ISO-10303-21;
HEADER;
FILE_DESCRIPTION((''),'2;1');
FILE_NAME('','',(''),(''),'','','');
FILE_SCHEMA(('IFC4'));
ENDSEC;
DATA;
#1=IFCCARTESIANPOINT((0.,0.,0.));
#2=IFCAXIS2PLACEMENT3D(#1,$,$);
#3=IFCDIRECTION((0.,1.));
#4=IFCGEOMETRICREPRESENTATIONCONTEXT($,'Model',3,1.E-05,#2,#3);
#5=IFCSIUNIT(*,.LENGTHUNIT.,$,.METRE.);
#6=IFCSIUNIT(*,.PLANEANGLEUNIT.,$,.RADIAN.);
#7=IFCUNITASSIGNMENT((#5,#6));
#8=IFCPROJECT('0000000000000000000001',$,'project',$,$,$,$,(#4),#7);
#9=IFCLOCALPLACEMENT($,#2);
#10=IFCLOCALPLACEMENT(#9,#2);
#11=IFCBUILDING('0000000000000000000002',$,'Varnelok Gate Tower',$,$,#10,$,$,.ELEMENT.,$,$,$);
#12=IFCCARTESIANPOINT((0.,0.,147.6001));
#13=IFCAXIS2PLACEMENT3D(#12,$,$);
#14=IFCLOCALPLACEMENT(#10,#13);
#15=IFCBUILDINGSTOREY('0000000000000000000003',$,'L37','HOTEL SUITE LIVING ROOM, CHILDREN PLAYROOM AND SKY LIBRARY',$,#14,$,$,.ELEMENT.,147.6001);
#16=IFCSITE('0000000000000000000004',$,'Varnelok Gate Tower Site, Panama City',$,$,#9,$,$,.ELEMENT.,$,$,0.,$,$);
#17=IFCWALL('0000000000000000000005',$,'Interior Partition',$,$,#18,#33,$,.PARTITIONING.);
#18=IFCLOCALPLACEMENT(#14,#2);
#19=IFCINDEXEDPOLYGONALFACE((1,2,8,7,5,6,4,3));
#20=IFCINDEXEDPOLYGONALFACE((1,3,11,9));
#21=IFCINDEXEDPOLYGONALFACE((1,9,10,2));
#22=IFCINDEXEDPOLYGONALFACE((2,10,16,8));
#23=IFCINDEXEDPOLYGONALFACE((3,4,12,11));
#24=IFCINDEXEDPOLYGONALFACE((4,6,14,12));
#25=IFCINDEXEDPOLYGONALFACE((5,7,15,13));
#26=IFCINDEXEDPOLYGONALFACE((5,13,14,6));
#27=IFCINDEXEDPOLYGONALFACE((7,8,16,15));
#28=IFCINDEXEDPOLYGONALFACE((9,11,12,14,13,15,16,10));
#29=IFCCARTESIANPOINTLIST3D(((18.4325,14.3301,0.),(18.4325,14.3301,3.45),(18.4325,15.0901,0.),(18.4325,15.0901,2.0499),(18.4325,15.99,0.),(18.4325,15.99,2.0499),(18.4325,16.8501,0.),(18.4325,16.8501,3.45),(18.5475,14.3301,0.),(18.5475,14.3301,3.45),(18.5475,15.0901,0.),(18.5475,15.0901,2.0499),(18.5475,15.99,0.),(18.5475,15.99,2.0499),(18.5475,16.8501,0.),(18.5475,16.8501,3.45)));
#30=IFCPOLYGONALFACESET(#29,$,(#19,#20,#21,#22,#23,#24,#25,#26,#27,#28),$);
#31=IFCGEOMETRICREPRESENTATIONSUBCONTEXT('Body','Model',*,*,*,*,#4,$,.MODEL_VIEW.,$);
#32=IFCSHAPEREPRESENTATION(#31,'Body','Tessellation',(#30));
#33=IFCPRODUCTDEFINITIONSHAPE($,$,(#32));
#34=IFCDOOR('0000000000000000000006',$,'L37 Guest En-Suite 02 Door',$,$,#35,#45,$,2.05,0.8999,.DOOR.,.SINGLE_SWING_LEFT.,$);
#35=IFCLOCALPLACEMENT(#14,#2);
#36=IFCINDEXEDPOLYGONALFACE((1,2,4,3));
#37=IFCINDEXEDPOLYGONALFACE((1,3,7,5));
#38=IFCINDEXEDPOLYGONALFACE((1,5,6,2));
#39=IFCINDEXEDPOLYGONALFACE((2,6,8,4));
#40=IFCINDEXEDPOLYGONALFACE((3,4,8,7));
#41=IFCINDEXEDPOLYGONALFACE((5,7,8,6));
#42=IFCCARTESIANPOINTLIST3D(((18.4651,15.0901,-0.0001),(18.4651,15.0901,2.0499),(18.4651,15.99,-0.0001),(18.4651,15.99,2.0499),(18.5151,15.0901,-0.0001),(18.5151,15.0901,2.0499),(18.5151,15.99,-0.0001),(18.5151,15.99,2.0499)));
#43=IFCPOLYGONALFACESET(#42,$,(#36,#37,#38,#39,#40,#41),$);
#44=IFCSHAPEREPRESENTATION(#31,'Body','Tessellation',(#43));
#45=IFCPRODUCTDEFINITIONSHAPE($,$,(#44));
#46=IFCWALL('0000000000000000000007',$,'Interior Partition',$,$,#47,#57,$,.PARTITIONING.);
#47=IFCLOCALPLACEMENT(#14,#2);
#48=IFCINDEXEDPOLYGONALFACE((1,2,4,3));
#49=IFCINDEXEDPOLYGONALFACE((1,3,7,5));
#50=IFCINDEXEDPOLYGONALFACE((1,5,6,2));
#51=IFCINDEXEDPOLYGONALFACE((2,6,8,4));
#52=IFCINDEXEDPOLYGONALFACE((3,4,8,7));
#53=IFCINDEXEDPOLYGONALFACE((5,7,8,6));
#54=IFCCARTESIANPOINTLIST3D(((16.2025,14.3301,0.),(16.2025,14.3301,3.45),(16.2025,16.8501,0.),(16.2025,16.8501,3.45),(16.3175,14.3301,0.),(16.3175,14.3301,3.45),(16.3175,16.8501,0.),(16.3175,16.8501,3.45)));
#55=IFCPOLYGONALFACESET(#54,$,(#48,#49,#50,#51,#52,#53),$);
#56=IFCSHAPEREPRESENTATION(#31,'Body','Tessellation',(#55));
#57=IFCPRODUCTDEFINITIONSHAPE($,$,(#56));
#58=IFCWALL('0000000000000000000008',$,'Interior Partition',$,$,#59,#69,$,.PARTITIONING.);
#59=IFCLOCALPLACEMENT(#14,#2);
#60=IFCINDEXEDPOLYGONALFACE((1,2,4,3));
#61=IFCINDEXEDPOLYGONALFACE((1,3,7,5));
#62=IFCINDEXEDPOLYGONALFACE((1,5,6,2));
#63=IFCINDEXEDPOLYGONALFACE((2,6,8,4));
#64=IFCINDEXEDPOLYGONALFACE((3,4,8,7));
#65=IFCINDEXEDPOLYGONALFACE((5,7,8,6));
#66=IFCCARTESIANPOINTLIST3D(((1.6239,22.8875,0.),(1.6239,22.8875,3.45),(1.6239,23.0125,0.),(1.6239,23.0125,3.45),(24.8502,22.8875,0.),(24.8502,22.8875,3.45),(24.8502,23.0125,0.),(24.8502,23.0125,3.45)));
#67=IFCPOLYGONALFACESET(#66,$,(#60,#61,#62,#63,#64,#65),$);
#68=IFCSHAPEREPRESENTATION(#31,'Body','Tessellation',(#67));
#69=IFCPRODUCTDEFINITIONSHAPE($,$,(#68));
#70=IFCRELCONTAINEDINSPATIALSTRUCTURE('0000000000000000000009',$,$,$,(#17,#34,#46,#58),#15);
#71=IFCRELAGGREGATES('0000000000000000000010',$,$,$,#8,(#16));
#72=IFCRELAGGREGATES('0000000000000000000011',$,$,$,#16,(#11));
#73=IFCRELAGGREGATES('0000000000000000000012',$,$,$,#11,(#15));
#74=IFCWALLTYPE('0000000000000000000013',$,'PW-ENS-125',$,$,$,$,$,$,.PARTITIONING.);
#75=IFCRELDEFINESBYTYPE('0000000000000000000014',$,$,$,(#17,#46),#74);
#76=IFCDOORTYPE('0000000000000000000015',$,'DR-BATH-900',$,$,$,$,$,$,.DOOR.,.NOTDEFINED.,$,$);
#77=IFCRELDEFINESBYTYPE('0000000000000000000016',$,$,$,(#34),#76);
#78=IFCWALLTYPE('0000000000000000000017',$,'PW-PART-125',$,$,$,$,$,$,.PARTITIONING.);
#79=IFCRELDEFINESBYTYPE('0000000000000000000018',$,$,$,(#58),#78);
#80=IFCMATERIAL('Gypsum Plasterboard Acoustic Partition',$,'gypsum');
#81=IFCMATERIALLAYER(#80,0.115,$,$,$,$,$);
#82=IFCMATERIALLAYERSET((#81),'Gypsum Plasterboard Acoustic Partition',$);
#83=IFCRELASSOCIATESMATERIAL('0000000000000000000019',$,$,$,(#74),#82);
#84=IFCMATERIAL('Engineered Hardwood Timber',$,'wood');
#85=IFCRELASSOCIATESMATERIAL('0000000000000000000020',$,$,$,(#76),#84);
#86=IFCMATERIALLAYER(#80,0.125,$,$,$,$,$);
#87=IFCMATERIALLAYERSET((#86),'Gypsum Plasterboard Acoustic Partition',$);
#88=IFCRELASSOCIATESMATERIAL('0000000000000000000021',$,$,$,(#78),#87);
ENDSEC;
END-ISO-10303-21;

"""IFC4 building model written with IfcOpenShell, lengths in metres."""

from ifc_helpers import new_model, si_unit, direction, frame, frame_2d, origin, place, context, subcontext, project, spatial, rectangle, extrude, material, layer, layer_set, type_object, element, fill, save


model = new_model("IFC4")

# Units and contexts
model_context = context("Model", 3, precision=1e-05, world=origin(), true_north=direction((0.0, 1.0)))
body_context = subcontext(model_context, "Body", "Model", "MODEL_VIEW")
ifc_project = project(units=[si_unit("LENGTHUNIT", "METRE"), si_unit("PLANEANGLEUNIT", "RADIAN")], contexts=[model_context])

# Site, building, storey
site_placement = place(None, origin())
site = spatial("IfcSite", under=ifc_project, at=site_placement, Name="Varnelok Gate Tower Site, Panama City", CompositionType="ELEMENT", RefElevation=0.0)
building_placement = place(site_placement, origin())
building = spatial("IfcBuilding", under=site, at=building_placement, Name="Varnelok Gate Tower", CompositionType="ELEMENT")
storey_placement = place(building_placement, frame((0.0, 0.0, 147.6001)))
storey = spatial("IfcBuildingStorey", under=building, at=storey_placement, Name="L37", Description="HOTEL SUITE LIVING ROOM, CHILDREN PLAYROOM AND SKY LIBRARY", CompositionType="ELEMENT", Elevation=147.6001)

# Shared definitions
ifc_material_1 = material(Name="Gypsum Plasterboard Acoustic Partition", Category="gypsum")
ifc_material_2 = material(Name="Engineered Hardwood Timber", Category="wood")

# Shared definitions
ifc_layer_1 = layer(ifc_material_1, 0.115)
ifc_layer_set_1 = layer_set([ifc_layer_1], Name="Gypsum Plasterboard Acoustic Partition")
wall_type_1 = type_object("IfcWallType", Name="PW-ENS-125", PredefinedType="PARTITIONING", material=ifc_layer_set_1)

# Shared definitions
door_type_1 = type_object("IfcDoorType", Name="DR-BATH-900", OperationType="NOTDEFINED", PredefinedType="DOOR", material=ifc_material_2)

# Wall, opening, door
wall_1_placement = place(storey_placement, frame((18.49, 14.3301, 0.0), z_axis=(0.0, 0.0, 1.0), x_axis=(0.0, 1.0, 0.0)))
wall_1 = element("IfcWall", 1, at=wall_1_placement, inside=storey, type_object=wall_type_1, Name="Interior Partition", PredefinedType="PARTITIONING", context=body_context, shape_type="SweptSolid", body=[
    extrude(rectangle(XDim=2.52, YDim=0.115, at=frame_2d((1.26, 0.0))), origin(), (0.0, 0.0, 1.0), 3.45),
])
opening_1_placement = place(wall_1_placement, frame((0.76, 0.0, 0.0)))
opening_1 = element("IfcOpeningElement", 2, at=opening_1_placement, cuts=wall_1, PredefinedType="OPENING", context=body_context, shape_type="SweptSolid", body=[
    extrude(rectangle(XDim=0.8999, YDim=2.05, at=frame_2d((0.45, 1.0249))), frame((0.0, 0.0674, 0.0), z_axis=(0.0, -1.0, 0.0), x_axis=(1.0, 0.0, 0.0)), (0.0, 0.0, 1.0), 0.135),
])
door_1_placement = place(opening_1_placement, origin())
door_1 = element("IfcDoor", 3, at=door_1_placement, inside=storey, type_object=door_type_1, Name="L37 Guest En-Suite 02 Door", OperationType="SINGLE_SWING_LEFT", OverallHeight=2.05, OverallWidth=0.8999, PredefinedType="DOOR", context=body_context, shape_type="SweptSolid", body=[
    extrude(rectangle(XDim=0.8999, YDim=2.05, at=frame_2d((0.45, 1.0249))), frame((0.0, 0.0249, 0.0), z_axis=(0.0, -1.0, 0.0), x_axis=(1.0, 0.0, 0.0)), (0.0, 0.0, 1.0), 0.05),
])
fill(opening_1, door_1)

# Walls
wall_2_placement = place(storey_placement, frame((16.26, 14.3301, 0.0), z_axis=(0.0, 0.0, 1.0), x_axis=(0.0, 1.0, 0.0)))
element("IfcWall", 4, at=wall_2_placement, inside=storey, type_object=wall_type_1, Name="Interior Partition", PredefinedType="PARTITIONING", context=body_context, shape_type="SweptSolid", body=[
    extrude(rectangle(XDim=2.52, YDim=0.115, at=frame_2d((1.26, 0.0))), origin(), (0.0, 0.0, 1.0), 3.45),
])
ifc_layer_2 = layer(ifc_material_1, 0.125)
ifc_layer_set_2 = layer_set([ifc_layer_2], Name="Gypsum Plasterboard Acoustic Partition")
wall_type_2 = type_object("IfcWallType", Name="PW-PART-125", PredefinedType="PARTITIONING", material=ifc_layer_set_2)
wall_3_placement = place(storey_placement, frame((1.6238, 22.95, 0.0), z_axis=(0.0, 0.0, 1.0), x_axis=(1.0, 0.0, 0.0)))
element("IfcWall", 5, at=wall_3_placement, inside=storey, type_object=wall_type_2, Name="Interior Partition", PredefinedType="PARTITIONING", context=body_context, shape_type="SweptSolid", body=[
    extrude(rectangle(XDim=23.2263, YDim=0.125, at=frame_2d((11.6133, 0.0))), origin(), (0.0, 0.0, 1.0), 3.45),
])

save(model, "model.ifc")
